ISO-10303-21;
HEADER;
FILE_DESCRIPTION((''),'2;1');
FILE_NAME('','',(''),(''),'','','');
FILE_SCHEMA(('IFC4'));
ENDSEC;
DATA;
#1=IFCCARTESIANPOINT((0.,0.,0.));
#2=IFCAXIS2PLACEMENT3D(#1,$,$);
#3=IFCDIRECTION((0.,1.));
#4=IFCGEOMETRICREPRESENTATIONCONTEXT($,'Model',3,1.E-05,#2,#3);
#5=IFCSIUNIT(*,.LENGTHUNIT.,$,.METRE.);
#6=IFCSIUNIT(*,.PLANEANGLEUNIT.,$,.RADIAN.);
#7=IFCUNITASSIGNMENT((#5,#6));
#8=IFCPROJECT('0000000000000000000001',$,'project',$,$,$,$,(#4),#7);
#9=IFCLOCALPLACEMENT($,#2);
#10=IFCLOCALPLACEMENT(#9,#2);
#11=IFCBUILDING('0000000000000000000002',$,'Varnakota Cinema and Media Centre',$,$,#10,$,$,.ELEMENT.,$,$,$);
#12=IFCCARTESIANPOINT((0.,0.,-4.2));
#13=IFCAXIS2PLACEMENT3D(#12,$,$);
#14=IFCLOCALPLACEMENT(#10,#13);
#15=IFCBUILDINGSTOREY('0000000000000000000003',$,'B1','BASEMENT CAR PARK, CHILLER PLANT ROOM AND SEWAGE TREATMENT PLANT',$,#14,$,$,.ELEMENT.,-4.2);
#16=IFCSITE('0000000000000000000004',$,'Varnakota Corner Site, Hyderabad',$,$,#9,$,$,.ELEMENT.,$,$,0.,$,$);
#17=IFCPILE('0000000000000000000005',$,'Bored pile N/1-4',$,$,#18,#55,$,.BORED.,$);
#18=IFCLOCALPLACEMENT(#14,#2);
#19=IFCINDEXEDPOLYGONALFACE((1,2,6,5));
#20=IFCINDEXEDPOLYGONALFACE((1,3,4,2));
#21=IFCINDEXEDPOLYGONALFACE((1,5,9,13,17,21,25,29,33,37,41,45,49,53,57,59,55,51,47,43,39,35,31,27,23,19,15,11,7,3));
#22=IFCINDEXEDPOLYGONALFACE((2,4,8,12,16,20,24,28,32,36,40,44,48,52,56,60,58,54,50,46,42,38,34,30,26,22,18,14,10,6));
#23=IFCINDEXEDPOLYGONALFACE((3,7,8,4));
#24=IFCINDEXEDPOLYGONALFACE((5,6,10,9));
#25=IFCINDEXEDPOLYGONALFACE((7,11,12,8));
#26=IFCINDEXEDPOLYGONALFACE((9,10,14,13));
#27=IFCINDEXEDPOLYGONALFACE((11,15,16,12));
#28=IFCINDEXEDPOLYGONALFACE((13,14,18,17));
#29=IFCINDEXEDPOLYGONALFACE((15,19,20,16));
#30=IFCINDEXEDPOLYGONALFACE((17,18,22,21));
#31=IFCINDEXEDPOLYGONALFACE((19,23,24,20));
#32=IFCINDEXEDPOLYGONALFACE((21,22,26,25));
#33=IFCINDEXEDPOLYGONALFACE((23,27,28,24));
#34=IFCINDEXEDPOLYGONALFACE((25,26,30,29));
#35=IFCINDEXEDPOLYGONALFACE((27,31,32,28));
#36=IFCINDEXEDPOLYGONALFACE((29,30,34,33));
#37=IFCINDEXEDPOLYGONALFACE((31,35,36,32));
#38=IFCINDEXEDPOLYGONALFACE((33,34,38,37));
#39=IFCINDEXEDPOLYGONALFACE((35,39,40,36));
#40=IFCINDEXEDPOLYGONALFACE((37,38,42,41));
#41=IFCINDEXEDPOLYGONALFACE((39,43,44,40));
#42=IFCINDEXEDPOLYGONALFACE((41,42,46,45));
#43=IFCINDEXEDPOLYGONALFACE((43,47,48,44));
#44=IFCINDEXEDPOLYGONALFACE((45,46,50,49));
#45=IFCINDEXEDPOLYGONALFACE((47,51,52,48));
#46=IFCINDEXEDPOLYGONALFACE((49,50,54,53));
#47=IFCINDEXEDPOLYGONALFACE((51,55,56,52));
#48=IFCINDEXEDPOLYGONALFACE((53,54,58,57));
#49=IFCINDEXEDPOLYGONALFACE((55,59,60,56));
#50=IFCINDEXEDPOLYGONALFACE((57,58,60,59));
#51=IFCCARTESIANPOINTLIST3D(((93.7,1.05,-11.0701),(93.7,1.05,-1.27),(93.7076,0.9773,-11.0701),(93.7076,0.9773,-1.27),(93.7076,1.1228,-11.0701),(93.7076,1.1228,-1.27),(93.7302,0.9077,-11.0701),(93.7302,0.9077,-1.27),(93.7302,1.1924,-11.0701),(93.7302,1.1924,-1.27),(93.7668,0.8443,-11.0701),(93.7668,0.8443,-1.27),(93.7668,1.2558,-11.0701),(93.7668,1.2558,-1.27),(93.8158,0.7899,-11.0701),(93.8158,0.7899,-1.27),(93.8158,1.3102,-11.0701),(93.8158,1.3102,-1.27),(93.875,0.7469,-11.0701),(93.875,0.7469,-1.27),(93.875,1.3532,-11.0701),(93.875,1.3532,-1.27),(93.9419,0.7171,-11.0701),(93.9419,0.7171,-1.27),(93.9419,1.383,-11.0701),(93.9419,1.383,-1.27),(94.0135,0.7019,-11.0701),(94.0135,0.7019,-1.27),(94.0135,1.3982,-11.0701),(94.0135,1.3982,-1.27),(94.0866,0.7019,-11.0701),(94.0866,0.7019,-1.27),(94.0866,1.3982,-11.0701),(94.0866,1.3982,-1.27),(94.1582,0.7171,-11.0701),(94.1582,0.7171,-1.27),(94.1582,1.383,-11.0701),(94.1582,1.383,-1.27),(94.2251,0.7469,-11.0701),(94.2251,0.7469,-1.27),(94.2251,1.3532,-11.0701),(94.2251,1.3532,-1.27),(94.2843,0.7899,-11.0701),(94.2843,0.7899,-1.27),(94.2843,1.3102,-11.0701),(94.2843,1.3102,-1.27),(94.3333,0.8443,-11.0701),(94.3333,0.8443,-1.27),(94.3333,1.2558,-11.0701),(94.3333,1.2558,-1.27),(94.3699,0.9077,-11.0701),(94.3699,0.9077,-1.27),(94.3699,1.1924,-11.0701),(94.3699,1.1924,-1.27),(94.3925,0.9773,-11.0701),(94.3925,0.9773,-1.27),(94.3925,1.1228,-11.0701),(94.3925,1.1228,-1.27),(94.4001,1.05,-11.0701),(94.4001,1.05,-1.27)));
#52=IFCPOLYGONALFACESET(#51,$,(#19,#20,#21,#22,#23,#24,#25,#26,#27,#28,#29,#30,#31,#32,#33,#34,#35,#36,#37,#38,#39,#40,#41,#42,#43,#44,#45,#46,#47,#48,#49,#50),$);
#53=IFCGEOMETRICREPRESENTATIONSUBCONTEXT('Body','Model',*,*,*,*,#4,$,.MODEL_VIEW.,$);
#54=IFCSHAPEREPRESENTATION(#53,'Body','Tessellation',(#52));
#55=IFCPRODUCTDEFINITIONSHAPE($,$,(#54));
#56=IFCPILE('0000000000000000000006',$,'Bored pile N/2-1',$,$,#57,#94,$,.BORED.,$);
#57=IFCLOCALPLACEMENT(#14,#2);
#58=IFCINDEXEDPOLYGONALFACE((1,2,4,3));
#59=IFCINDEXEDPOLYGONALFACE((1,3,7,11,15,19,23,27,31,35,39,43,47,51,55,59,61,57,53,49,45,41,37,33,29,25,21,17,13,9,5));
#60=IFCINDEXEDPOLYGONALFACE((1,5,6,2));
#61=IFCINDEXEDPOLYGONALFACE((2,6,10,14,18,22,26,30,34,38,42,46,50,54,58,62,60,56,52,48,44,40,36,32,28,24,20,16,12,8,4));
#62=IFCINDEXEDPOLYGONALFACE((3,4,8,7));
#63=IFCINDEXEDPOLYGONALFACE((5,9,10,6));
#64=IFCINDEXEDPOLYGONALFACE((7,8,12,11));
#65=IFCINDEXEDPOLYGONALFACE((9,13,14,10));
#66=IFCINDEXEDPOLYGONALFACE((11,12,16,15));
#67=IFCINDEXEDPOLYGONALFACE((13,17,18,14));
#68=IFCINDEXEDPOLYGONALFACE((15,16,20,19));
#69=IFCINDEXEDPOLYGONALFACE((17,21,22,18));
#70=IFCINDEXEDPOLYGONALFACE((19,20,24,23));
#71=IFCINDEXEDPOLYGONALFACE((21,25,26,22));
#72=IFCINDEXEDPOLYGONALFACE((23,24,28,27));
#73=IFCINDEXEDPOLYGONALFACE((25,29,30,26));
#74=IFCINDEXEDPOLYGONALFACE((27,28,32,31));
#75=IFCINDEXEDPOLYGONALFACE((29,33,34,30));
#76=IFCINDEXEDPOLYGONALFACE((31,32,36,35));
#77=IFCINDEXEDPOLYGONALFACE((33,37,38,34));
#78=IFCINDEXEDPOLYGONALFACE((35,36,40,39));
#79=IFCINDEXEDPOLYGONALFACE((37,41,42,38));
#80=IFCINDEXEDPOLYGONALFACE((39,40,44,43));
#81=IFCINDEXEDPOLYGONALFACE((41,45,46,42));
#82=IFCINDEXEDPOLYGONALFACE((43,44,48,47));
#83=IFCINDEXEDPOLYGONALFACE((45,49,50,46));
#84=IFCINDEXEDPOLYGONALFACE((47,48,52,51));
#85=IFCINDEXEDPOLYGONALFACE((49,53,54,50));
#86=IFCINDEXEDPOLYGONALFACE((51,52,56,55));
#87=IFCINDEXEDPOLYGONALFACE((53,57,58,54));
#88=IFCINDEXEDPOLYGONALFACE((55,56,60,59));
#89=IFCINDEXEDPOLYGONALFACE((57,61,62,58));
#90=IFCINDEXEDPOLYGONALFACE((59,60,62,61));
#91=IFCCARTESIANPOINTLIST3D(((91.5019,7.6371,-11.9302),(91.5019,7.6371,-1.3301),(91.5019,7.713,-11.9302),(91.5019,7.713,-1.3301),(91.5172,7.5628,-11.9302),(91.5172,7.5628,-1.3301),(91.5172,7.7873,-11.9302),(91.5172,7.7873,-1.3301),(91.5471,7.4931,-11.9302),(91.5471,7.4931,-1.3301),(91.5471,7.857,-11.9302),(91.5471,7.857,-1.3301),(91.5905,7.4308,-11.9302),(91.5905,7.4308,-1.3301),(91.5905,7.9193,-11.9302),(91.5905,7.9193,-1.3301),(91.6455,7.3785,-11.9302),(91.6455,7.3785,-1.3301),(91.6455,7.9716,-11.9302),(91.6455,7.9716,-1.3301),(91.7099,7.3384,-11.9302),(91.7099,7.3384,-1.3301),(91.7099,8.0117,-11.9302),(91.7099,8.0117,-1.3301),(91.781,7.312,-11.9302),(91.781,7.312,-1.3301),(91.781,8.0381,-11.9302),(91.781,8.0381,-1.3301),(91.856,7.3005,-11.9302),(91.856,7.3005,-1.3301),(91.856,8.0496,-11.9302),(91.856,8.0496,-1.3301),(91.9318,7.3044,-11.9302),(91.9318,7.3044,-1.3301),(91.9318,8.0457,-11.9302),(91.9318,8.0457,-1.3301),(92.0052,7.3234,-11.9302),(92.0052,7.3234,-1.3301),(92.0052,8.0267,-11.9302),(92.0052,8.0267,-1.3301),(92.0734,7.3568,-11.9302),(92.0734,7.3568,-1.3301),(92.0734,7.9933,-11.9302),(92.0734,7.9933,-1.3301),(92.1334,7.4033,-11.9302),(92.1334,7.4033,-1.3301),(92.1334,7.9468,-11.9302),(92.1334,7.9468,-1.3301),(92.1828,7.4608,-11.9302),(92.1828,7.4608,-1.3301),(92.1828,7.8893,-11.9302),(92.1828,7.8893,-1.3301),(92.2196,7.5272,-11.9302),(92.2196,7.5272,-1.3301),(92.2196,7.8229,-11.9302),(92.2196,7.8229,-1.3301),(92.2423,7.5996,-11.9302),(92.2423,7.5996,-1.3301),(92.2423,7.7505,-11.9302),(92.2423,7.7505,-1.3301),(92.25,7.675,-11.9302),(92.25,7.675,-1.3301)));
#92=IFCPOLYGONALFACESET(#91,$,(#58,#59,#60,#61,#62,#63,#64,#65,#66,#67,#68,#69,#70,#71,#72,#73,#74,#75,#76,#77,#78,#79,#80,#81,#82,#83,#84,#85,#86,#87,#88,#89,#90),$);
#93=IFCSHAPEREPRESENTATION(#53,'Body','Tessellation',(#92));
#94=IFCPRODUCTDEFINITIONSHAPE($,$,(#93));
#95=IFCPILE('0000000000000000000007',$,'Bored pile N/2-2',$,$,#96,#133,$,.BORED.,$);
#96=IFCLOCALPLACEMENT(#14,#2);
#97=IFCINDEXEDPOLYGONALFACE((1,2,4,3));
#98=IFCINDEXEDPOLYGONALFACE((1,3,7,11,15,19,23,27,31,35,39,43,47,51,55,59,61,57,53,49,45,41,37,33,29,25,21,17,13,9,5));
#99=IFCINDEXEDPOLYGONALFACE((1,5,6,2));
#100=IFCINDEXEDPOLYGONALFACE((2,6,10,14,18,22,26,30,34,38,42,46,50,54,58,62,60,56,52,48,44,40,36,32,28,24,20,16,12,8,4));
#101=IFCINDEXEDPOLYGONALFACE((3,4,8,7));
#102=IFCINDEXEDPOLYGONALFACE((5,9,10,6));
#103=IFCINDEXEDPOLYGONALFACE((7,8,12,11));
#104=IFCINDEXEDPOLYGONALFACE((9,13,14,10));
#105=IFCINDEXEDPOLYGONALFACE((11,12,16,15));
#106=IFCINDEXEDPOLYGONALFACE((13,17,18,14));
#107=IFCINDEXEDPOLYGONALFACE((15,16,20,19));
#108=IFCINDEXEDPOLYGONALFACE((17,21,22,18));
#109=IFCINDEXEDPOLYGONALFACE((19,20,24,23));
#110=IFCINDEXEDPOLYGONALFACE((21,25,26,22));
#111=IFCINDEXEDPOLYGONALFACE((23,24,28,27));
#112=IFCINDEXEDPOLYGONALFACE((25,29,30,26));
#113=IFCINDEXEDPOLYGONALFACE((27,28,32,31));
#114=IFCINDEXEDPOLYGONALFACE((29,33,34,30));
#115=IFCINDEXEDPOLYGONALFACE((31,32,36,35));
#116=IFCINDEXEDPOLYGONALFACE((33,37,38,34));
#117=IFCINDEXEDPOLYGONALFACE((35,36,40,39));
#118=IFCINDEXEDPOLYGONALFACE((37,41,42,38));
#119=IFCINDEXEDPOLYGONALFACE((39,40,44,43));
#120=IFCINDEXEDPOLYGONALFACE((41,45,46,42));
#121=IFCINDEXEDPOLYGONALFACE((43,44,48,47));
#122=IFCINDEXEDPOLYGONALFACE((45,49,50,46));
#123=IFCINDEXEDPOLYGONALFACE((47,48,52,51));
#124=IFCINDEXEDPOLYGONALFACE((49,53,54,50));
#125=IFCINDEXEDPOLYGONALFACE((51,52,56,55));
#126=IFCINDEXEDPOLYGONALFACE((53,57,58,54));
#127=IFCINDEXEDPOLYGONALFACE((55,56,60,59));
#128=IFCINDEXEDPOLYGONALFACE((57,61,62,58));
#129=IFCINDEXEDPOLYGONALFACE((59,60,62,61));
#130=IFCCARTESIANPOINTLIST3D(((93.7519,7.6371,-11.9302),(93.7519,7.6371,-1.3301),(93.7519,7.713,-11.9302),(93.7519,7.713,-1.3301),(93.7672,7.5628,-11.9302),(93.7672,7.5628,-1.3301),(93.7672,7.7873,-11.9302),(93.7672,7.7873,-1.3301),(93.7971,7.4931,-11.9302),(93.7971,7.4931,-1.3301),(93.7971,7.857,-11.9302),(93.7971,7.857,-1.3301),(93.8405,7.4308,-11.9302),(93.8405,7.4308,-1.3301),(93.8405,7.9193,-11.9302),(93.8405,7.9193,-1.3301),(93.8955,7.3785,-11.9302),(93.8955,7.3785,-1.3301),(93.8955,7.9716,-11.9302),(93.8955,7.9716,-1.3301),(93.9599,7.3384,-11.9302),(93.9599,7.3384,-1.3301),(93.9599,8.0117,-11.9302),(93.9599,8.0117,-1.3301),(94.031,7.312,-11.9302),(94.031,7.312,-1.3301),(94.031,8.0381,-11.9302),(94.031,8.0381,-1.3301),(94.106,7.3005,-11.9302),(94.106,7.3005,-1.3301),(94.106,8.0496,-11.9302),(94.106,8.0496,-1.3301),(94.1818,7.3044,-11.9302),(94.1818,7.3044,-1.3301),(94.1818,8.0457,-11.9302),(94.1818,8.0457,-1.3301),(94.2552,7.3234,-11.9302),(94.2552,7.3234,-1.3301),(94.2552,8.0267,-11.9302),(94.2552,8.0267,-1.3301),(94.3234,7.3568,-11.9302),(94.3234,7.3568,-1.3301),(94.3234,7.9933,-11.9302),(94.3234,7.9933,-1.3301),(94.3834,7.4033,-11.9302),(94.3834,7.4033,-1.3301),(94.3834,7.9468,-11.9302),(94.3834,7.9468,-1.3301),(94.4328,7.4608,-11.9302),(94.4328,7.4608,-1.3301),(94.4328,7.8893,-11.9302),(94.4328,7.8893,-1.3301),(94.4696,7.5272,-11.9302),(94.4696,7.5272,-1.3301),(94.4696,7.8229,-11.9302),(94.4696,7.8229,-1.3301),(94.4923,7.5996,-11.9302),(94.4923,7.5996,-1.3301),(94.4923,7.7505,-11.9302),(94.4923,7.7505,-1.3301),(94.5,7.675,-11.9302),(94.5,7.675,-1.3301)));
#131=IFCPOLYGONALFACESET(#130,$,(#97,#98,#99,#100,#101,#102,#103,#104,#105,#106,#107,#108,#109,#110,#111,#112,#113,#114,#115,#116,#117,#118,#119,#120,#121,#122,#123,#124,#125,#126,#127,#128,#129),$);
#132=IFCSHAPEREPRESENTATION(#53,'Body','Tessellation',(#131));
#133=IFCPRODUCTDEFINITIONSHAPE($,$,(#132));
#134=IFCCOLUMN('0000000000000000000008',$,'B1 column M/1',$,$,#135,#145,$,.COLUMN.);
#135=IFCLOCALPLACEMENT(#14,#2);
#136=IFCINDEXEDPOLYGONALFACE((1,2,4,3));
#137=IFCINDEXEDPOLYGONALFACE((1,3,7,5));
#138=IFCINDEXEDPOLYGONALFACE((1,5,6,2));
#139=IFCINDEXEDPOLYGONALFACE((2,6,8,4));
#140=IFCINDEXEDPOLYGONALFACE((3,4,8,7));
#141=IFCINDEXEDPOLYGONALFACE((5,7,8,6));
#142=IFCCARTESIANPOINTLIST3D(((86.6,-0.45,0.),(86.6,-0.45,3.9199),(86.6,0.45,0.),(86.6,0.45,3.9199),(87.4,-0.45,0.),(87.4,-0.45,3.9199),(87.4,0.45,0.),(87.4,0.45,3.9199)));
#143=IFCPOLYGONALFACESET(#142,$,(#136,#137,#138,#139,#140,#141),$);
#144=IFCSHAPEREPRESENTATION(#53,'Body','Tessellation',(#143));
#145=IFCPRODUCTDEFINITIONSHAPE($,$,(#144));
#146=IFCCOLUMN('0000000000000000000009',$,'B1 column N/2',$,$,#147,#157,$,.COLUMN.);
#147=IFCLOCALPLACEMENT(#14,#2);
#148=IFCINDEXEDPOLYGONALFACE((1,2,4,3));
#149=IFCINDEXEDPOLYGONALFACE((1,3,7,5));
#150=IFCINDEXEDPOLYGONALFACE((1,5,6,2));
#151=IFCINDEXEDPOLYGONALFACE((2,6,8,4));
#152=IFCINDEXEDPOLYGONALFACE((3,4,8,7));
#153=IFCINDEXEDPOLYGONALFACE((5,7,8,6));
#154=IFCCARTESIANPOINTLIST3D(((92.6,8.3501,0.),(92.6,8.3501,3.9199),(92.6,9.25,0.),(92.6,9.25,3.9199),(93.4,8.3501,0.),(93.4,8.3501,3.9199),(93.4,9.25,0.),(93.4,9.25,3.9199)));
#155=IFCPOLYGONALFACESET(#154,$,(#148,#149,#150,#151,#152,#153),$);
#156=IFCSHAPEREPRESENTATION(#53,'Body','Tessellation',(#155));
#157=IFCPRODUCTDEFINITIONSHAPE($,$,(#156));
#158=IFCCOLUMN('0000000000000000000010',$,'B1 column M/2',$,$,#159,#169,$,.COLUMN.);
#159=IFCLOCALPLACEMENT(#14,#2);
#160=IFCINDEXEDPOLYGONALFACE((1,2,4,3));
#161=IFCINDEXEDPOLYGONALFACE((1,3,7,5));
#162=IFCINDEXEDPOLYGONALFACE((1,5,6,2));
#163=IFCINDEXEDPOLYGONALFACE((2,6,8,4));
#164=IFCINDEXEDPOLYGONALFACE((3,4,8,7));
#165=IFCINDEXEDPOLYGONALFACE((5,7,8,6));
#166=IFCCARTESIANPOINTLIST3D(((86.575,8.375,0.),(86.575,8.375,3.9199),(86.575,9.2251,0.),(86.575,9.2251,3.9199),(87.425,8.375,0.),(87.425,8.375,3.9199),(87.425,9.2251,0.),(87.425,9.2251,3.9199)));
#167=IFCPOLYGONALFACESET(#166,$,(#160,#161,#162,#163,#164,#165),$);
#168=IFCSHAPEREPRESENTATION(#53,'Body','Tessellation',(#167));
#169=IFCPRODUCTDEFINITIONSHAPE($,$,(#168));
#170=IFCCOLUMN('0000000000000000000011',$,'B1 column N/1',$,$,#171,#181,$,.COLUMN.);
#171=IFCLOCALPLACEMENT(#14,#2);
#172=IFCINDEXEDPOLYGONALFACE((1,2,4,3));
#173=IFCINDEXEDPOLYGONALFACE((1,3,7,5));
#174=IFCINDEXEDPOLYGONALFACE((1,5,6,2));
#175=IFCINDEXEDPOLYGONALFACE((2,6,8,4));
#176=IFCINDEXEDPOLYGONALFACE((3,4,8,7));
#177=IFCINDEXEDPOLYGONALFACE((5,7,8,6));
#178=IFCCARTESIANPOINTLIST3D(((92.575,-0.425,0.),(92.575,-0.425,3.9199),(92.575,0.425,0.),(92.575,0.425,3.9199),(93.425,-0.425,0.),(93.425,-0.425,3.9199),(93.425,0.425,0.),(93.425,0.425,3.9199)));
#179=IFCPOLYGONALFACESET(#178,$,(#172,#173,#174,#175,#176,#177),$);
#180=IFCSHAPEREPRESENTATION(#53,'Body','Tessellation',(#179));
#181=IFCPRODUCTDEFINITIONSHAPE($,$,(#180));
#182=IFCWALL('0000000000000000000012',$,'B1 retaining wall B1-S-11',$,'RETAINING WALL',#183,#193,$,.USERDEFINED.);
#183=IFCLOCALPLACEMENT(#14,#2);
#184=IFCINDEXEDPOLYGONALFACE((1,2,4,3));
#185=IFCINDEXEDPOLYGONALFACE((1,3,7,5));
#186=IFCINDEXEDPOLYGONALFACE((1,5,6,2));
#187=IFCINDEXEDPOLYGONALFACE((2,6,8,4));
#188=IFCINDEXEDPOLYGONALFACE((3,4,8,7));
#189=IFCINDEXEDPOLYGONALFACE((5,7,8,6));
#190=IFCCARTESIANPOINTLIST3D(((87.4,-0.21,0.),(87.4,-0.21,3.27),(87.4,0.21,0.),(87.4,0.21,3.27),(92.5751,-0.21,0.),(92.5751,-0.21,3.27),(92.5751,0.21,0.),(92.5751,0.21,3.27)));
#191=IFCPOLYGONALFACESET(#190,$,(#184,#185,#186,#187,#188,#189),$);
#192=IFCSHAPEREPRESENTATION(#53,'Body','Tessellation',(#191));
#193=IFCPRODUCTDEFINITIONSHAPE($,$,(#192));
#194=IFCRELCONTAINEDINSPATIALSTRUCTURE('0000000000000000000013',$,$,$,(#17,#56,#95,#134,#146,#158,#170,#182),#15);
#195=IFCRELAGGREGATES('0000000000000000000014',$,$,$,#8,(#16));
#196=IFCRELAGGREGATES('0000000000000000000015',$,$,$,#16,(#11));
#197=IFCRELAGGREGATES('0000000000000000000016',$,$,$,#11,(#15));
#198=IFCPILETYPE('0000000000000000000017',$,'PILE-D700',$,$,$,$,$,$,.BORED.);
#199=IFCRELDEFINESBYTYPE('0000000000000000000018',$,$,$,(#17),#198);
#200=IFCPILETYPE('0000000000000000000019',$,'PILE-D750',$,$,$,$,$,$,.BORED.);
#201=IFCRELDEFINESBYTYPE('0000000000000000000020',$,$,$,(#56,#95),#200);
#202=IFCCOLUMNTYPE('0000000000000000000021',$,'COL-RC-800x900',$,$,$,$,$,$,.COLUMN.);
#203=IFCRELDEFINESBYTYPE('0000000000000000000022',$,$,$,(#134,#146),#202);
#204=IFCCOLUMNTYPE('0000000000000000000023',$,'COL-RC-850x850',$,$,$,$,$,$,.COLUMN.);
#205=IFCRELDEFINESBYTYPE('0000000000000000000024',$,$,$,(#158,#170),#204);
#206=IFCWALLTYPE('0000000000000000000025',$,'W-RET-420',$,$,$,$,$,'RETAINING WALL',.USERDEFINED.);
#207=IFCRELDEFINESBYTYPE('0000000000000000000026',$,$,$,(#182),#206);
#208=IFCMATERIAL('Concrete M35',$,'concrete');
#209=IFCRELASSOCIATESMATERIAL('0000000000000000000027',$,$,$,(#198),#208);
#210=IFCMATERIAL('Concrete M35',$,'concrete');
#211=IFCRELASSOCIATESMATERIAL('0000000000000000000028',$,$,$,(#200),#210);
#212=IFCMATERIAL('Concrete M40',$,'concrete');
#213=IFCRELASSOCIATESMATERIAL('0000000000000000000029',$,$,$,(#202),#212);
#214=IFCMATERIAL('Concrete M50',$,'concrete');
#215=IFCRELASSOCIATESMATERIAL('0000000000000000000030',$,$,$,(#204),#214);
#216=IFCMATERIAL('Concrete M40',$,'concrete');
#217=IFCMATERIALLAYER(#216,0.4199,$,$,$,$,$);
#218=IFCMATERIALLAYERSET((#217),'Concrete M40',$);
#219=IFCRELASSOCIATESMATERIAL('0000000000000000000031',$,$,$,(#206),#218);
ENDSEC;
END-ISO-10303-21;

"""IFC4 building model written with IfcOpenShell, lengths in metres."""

from ifc_helpers import new_model, si_unit, direction, frame, frame_2d, origin, origin_2d, place, context, subcontext, project, spatial, rectangle, circle, extrude, material, layer, layer_set, material_profile, profile_set, type_object, element, save


model = new_model("IFC4")

# Units and contexts
model_context = context("Model", 3, precision=1e-05, world=origin(), true_north=direction((0.0, 1.0)))
body_context = subcontext(model_context, "Body", "Model", "MODEL_VIEW")
ifc_project = project(units=[si_unit("LENGTHUNIT", "METRE"), si_unit("PLANEANGLEUNIT", "RADIAN")], contexts=[model_context])

# Site, building, storey
site_placement = place(None, origin())
site = spatial("IfcSite", under=ifc_project, at=site_placement, Name="Varnakota Corner Site, Hyderabad", CompositionType="ELEMENT", RefElevation=0.0)
building_placement = place(site_placement, origin())
building = spatial("IfcBuilding", under=site, at=building_placement, Name="Varnakota Cinema and Media Centre", CompositionType="ELEMENT")
storey_placement = place(building_placement, frame((0.0, 0.0, -4.2)))
storey = spatial("IfcBuildingStorey", under=building, at=storey_placement, Name="B1", Description="BASEMENT CAR PARK, CHILLER PLANT ROOM AND SEWAGE TREATMENT PLANT", CompositionType="ELEMENT", Elevation=-4.2)

# Piles
ifc_material_1 = material(Name="Concrete M35", Category="concrete")
ifc_material_profile_1 = material_profile(ifc_material_1, circle(Radius=0.3501, at=origin_2d()), Name="PILE D700")
ifc_profile_set_1 = profile_set([ifc_material_profile_1], Name="Concrete M35")
pile_type_1 = type_object("IfcPileType", Name="PILE-D700", PredefinedType="BORED", material=ifc_profile_set_1)
for number, where, z_axis, x_axis, name in (
    (1, (94.05, 1.05, -1.27), (0.0, 0.0, -1.0), (1.0, 0.0, 0.0), "Bored pile N/1-4"),
):
    element("IfcPile", number, at=place(storey_placement, frame(where, z_axis=z_axis, x_axis=x_axis)), inside=storey, type_object=pile_type_1, Name=name, PredefinedType="BORED", context=body_context, shape_type="SweptSolid", body=[
        extrude(circle(Radius=0.3501, at=origin_2d()), origin(), (0.0, 0.0, 1.0), 9.8),
    ])
ifc_material_2 = material(Name="Concrete M35", Category="concrete")
ifc_material_profile_2 = material_profile(ifc_material_2, circle(Radius=0.375, at=origin_2d()), Name="PILE D750")
ifc_profile_set_2 = profile_set([ifc_material_profile_2], Name="Concrete M35")
pile_type_2 = type_object("IfcPileType", Name="PILE-D750", PredefinedType="BORED", material=ifc_profile_set_2)
for number, where, z_axis, x_axis, name in (
    (2, (91.875, 7.675, -1.3301), (0.0, 0.0, -1.0), (1.0, 0.0, 0.0), "Bored pile N/2-1"),
    (3, (94.125, 7.675, -1.3301), (0.0, 0.0, -1.0), (1.0, 0.0, 0.0), "Bored pile N/2-2"),
):
    element("IfcPile", number, at=place(storey_placement, frame(where, z_axis=z_axis, x_axis=x_axis)), inside=storey, type_object=pile_type_2, Name=name, PredefinedType="BORED", context=body_context, shape_type="SweptSolid", body=[
        extrude(circle(Radius=0.375, at=origin_2d()), origin(), (0.0, 0.0, 1.0), 10.6001),
    ])

# Columns
ifc_material_3 = material(Name="Concrete M40", Category="concrete")
ifc_material_profile_3 = material_profile(ifc_material_3, rectangle(XDim=0.8, YDim=0.8999, at=origin_2d()), Name="RC 800x900")
ifc_profile_set_3 = profile_set([ifc_material_profile_3], Name="Concrete M40")
column_type_1 = type_object("IfcColumnType", Name="COL-RC-800x900", PredefinedType="COLUMN", material=ifc_profile_set_3)
for number, where, z_axis, x_axis, name in (
    (4, (87.0, 0.0, 0.0), (0.0, 0.0, 1.0), (1.0, 0.0, 0.0), "B1 column M/1"),
    (5, (93.0, 8.8, 0.0), (0.0, 0.0, 1.0), (1.0, 0.0, 0.0), "B1 column N/2"),
):
    element("IfcColumn", number, at=place(storey_placement, frame(where, z_axis=z_axis, x_axis=x_axis)), inside=storey, type_object=column_type_1, Name=name, PredefinedType="COLUMN", context=body_context, shape_type="SweptSolid", body=[
        extrude(rectangle(XDim=0.8, YDim=0.8999, at=origin_2d()), origin(), (0.0, 0.0, 1.0), 3.9199),
    ])
ifc_material_4 = material(Name="Concrete M50", Category="concrete")
ifc_material_profile_4 = material_profile(ifc_material_4, rectangle(XDim=0.8501, YDim=0.8501, at=origin_2d()), Name="RC 850x850")
ifc_profile_set_4 = profile_set([ifc_material_profile_4], Name="Concrete M50")
column_type_2 = type_object("IfcColumnType", Name="COL-RC-850x850", PredefinedType="COLUMN", material=ifc_profile_set_4)
for number, where, z_axis, x_axis, name in (
    (6, (87.0, 8.8, 0.0), (0.0, 0.0, 1.0), (1.0, 0.0, 0.0), "B1 column M/2"),
    (7, (93.0, 0.0, 0.0), (0.0, 0.0, 1.0), (1.0, 0.0, 0.0), "B1 column N/1"),
):
    element("IfcColumn", number, at=place(storey_placement, frame(where, z_axis=z_axis, x_axis=x_axis)), inside=storey, type_object=column_type_2, Name=name, PredefinedType="COLUMN", context=body_context, shape_type="SweptSolid", body=[
        extrude(rectangle(XDim=0.8501, YDim=0.8501, at=origin_2d()), origin(), (0.0, 0.0, 1.0), 3.9199),
    ])

# Wall
ifc_material_5 = material(Name="Concrete M40", Category="concrete")
ifc_layer = layer(ifc_material_5, 0.4199)
ifc_layer_set = layer_set([ifc_layer], Name="Concrete M40")
wall_type = type_object("IfcWallType", Name="W-RET-420", ElementType="RETAINING WALL", PredefinedType="USERDEFINED", material=ifc_layer_set)
for number, where, z_axis, x_axis, name in (
    (8, (92.575, 0.0, 0.0), (0.0, 0.0, 1.0), (-1.0, 0.0, 0.0), "B1 retaining wall B1-S-11"),
):
    element("IfcWall", number, at=place(storey_placement, frame(where, z_axis=z_axis, x_axis=x_axis)), inside=storey, type_object=wall_type, Name=name, ObjectType="RETAINING WALL", PredefinedType="USERDEFINED", context=body_context, shape_type="SweptSolid", body=[
        extrude(rectangle(XDim=5.175, YDim=0.4199, at=frame_2d((2.5874, 0.0))), origin(), (0.0, 0.0, 1.0), 3.27),
    ])

save(model, "model.ifc")
